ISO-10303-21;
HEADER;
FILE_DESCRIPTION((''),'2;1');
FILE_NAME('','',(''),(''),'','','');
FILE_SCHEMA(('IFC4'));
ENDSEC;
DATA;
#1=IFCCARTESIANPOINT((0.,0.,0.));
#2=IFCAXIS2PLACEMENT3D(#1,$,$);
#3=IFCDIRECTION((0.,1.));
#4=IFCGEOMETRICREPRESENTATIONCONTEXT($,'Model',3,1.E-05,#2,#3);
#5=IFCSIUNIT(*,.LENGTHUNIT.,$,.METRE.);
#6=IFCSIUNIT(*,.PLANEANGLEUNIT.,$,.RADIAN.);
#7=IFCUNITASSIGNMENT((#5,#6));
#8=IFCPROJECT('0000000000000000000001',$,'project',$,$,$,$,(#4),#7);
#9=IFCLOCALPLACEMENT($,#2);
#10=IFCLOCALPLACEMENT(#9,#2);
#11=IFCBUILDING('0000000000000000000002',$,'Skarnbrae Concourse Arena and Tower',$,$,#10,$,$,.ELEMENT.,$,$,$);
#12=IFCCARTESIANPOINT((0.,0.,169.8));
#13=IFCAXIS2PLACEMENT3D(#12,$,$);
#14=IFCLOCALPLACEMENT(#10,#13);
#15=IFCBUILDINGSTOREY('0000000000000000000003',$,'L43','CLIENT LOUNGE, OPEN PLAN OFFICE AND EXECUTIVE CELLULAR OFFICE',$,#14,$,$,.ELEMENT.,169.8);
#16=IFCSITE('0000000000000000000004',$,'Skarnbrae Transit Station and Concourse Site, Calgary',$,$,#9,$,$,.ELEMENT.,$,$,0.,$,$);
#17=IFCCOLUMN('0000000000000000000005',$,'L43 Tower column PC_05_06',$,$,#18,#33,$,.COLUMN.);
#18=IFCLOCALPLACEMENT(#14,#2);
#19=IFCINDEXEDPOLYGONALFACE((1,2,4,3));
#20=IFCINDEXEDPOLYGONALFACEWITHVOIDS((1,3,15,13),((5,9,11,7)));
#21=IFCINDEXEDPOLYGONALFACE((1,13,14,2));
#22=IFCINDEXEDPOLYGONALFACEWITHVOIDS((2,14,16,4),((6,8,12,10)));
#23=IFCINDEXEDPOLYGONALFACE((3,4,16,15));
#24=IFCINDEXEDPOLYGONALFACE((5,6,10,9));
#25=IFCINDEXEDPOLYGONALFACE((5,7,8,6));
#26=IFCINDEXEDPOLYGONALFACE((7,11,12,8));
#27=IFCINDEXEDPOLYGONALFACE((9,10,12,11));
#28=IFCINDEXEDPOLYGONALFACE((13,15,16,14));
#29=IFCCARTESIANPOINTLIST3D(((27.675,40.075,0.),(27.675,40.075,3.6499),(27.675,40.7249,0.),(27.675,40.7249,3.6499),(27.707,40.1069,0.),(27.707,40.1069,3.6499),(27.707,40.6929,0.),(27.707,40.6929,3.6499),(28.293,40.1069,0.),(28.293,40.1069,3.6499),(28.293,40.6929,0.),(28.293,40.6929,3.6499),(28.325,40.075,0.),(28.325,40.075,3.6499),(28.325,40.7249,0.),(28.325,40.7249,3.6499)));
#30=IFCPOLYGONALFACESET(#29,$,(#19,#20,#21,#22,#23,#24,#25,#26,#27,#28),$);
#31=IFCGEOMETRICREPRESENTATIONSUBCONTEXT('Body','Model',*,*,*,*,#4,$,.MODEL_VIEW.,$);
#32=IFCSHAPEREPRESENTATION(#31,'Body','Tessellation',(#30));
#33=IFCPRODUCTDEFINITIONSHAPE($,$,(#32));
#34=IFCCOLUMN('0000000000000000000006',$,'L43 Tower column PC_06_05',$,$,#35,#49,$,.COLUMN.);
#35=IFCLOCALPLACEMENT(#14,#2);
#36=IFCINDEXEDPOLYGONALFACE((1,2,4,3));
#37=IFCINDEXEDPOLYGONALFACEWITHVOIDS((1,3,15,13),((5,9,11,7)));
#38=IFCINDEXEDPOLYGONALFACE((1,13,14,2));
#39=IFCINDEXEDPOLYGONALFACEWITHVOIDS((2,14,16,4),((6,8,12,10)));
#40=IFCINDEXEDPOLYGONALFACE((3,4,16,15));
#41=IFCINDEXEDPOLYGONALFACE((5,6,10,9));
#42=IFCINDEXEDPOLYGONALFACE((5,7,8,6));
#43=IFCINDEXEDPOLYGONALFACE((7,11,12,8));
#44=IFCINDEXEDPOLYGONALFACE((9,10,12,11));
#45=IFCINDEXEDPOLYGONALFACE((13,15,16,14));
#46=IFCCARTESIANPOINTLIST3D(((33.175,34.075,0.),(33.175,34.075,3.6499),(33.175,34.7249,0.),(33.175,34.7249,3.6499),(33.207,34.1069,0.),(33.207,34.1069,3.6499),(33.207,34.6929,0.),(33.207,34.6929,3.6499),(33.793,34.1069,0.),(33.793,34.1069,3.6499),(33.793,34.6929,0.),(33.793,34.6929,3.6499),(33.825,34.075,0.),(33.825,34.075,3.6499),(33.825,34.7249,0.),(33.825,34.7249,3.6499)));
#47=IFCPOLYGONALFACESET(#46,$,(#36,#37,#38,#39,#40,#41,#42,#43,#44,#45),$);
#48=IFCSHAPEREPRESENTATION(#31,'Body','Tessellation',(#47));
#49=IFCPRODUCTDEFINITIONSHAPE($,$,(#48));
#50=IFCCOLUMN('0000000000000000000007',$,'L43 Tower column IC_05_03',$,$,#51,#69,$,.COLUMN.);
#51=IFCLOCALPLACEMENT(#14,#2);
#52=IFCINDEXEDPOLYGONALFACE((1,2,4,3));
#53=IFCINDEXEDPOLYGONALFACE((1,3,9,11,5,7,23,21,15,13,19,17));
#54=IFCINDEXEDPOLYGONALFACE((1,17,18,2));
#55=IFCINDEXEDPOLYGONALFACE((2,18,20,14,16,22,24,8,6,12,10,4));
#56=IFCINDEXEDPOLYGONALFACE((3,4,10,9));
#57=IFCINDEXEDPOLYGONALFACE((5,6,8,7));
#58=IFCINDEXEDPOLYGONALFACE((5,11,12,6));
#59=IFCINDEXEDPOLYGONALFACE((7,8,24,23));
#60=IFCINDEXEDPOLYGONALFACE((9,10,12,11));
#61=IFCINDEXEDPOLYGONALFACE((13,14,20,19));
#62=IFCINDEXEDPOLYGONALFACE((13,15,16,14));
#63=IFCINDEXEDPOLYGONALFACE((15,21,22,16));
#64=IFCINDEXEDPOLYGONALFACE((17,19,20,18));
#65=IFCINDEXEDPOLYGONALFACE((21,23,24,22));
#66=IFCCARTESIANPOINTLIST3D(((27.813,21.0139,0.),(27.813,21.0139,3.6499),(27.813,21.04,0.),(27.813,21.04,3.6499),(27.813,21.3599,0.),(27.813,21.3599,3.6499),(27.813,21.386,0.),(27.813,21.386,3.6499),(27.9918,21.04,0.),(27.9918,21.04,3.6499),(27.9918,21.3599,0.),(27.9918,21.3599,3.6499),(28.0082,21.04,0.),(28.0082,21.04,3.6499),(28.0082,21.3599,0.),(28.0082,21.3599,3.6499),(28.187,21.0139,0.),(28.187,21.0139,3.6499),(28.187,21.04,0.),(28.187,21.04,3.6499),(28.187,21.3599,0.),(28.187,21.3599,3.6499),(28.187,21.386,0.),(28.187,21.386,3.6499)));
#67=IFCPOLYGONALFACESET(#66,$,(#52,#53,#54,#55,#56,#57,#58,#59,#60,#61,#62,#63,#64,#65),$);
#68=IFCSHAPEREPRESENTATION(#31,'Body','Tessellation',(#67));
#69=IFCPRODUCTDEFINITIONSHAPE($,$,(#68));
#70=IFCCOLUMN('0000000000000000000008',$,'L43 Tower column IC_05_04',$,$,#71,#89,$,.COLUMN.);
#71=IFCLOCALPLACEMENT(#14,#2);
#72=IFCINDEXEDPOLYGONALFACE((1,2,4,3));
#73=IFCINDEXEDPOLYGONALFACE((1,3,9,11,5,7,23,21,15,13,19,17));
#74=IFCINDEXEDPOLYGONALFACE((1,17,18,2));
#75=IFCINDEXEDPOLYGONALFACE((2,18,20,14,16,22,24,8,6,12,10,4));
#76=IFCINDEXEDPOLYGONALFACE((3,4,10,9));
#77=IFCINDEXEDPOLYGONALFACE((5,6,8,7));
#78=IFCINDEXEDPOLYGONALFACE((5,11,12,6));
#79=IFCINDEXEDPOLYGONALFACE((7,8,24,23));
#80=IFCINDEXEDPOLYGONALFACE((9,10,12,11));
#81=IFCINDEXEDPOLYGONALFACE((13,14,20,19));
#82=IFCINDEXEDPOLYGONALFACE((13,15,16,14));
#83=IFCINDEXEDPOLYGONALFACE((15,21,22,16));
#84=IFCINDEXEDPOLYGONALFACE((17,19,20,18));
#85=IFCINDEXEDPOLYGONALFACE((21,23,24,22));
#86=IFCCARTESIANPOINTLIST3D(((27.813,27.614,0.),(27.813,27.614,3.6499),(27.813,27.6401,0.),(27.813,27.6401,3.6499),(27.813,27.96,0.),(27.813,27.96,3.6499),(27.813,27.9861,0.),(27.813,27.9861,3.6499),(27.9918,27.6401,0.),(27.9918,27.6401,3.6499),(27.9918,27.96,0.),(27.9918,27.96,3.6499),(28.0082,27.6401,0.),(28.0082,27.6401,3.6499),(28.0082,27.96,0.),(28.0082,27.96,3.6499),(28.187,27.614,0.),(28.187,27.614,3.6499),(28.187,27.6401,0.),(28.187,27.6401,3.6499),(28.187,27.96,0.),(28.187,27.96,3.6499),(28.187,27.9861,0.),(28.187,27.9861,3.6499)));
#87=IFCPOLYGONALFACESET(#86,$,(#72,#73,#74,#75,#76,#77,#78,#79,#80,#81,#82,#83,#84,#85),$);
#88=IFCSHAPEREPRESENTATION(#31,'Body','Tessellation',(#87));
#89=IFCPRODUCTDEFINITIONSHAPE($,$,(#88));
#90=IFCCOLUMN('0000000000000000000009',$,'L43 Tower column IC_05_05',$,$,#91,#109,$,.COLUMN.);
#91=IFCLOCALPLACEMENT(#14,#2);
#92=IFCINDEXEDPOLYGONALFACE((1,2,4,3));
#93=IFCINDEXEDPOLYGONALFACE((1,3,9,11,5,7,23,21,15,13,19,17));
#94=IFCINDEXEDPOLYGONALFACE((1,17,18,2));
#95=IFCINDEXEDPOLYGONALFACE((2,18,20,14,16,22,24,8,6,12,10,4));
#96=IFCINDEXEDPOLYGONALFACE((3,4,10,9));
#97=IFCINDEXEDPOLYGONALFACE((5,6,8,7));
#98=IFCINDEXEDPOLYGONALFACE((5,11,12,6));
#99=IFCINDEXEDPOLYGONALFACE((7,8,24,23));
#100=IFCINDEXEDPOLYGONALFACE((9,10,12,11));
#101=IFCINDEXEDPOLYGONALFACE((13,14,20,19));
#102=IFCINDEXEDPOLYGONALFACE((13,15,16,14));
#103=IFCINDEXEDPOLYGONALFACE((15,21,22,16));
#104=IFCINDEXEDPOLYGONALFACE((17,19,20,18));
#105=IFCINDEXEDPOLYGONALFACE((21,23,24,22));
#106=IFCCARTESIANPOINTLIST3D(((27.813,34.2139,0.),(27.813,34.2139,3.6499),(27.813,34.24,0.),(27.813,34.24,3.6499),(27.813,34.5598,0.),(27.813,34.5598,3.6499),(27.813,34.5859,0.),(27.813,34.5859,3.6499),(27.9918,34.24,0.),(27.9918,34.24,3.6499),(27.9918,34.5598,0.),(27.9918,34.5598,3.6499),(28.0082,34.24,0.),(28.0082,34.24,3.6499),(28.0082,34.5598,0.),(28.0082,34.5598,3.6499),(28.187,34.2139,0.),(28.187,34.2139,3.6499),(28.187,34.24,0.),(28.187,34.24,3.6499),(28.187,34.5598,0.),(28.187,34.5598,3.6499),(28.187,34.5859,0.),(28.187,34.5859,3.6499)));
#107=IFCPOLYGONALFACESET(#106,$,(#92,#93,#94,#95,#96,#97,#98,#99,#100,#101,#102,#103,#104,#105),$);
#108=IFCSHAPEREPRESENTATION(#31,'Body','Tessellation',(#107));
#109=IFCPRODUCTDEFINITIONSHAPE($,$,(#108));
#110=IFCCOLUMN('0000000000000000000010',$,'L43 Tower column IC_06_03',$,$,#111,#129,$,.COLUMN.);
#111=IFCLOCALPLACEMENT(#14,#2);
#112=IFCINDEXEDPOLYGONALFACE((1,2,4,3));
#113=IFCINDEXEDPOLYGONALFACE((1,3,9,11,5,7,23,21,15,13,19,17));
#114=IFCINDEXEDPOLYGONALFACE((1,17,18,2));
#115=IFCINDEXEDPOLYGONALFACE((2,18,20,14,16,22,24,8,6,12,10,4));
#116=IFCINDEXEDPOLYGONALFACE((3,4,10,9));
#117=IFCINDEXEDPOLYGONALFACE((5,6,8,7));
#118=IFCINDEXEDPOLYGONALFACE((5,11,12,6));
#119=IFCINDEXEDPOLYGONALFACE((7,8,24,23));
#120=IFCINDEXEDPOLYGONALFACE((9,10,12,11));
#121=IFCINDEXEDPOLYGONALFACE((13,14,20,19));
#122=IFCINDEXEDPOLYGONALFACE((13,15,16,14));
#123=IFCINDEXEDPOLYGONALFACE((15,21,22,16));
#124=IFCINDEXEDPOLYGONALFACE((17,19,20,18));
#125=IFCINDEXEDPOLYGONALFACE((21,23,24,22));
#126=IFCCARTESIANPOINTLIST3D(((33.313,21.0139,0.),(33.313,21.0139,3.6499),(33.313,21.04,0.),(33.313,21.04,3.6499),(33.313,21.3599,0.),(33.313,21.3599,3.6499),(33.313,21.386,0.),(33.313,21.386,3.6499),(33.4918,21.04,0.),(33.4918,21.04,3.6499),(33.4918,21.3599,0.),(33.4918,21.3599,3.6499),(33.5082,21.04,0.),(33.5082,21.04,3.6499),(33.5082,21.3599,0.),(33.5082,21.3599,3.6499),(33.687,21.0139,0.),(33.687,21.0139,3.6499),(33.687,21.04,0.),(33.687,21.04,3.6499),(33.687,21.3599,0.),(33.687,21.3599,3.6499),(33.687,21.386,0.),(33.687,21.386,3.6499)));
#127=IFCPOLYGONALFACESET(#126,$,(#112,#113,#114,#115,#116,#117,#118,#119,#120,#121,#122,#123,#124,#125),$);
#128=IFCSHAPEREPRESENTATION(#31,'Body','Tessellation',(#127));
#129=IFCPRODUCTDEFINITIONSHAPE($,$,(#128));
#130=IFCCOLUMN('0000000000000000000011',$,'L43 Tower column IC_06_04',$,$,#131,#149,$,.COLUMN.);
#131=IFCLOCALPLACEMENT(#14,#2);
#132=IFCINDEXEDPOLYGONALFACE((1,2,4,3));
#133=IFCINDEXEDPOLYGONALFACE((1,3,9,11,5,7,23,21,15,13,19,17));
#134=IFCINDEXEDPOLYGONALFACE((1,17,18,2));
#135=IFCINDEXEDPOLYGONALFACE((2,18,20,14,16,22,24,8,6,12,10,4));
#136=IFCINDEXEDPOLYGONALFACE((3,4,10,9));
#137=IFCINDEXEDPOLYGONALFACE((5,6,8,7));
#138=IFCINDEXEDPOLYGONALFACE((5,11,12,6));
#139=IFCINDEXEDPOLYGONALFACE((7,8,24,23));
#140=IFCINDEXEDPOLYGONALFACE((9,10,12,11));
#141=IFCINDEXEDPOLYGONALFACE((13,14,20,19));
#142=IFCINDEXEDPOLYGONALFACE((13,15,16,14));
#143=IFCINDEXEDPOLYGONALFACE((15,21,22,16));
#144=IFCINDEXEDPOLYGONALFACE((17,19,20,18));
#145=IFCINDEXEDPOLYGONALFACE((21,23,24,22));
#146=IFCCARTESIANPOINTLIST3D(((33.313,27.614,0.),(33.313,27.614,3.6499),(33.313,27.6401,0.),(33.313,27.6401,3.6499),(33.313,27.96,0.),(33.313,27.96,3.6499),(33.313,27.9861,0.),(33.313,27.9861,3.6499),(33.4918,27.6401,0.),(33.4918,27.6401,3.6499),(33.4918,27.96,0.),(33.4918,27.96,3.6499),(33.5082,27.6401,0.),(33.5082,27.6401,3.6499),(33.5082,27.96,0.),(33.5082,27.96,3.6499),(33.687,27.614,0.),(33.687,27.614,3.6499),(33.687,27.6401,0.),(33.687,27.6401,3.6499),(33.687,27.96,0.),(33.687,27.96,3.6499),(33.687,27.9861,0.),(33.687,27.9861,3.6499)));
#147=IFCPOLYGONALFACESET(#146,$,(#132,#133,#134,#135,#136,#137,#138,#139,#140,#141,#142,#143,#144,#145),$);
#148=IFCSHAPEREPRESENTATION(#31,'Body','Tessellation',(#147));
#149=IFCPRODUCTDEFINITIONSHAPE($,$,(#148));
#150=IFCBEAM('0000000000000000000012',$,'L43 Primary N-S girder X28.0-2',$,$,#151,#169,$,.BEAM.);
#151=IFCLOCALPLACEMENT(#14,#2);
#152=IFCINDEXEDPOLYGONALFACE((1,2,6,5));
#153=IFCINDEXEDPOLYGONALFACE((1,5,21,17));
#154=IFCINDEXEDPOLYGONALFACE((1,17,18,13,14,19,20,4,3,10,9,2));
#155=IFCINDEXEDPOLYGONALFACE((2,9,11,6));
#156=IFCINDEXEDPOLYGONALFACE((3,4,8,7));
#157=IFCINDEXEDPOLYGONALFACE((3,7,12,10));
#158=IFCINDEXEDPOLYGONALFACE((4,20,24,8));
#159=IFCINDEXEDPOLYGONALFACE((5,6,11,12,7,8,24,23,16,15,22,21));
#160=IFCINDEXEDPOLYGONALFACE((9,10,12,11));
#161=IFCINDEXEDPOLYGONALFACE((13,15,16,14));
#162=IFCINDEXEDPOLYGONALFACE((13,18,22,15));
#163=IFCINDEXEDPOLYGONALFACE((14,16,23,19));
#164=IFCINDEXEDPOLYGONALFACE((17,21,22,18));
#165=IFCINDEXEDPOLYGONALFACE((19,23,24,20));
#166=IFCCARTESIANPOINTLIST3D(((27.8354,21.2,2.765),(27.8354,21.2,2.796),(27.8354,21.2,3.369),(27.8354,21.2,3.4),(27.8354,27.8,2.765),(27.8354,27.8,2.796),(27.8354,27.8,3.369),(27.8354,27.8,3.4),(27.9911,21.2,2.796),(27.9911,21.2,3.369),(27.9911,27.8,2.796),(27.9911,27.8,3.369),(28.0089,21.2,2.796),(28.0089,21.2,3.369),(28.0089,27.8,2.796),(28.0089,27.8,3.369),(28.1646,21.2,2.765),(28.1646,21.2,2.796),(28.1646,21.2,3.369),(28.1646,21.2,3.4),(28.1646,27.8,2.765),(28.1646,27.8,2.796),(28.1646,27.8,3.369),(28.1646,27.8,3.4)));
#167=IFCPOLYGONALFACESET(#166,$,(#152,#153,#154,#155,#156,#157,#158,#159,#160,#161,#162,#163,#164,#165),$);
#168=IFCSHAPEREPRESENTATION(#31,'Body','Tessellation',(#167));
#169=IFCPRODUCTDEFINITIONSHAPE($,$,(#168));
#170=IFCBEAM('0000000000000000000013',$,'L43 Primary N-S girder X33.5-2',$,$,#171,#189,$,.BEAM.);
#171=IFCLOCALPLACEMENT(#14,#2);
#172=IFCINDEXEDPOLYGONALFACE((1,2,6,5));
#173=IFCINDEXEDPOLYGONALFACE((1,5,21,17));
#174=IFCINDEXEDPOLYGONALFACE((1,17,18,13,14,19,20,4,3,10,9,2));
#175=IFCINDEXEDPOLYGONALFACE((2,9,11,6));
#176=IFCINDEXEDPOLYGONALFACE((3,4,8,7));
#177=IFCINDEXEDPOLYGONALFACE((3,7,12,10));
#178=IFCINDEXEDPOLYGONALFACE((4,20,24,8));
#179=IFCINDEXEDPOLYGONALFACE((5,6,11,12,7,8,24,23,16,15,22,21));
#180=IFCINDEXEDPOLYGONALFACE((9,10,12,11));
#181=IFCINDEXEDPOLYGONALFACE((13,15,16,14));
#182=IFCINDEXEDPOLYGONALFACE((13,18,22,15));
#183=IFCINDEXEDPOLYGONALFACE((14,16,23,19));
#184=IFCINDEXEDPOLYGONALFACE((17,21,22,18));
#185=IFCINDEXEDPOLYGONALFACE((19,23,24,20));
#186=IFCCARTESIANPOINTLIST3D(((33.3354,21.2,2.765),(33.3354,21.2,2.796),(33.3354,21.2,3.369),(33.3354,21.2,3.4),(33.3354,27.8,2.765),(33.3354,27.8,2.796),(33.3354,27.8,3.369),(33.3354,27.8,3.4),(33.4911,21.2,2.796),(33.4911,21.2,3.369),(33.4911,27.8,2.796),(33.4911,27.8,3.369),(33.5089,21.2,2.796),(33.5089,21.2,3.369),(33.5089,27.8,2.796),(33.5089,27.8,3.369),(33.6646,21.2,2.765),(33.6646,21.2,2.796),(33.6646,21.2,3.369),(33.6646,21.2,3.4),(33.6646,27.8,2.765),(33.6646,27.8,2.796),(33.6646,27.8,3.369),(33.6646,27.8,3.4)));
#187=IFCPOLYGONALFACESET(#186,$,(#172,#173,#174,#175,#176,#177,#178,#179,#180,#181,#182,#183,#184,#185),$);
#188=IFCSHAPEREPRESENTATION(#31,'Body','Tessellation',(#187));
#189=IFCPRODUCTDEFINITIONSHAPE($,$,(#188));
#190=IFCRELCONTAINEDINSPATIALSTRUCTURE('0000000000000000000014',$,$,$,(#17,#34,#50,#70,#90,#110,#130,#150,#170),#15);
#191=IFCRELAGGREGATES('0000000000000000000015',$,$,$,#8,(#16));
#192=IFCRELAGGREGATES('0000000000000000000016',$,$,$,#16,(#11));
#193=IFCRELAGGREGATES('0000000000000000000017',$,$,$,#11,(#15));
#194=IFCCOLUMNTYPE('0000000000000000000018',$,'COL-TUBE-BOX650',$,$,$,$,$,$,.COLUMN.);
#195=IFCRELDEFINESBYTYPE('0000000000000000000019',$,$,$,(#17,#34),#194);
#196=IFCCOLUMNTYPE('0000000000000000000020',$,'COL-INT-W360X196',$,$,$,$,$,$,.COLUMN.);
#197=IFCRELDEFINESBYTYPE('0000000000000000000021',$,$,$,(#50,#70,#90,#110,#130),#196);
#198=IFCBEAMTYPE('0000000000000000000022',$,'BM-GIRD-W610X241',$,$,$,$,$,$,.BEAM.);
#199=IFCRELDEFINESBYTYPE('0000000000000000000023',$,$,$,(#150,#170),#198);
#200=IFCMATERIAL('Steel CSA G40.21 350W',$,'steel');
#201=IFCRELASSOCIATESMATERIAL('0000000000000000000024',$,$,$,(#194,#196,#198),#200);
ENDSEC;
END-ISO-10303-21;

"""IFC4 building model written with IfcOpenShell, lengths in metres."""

from ifc_helpers import new_model, si_unit, direction, frame, origin, origin_2d, place, context, subcontext, project, spatial, hollow_rectangle, i_section, extrude, source, transform, mapped, material, material_profile, profile_set, type_object, element, save


model = new_model("IFC4")

# Units and contexts
model_context = context("Model", 3, precision=1e-05, world=origin(), true_north=direction((0.0, 1.0)))
body_context = subcontext(model_context, "Body", "Model", "MODEL_VIEW")
ifc_project = project(units=[si_unit("LENGTHUNIT", "METRE"), si_unit("PLANEANGLEUNIT", "RADIAN")], contexts=[model_context])

# Site, building, storey
site_placement = place(None, origin())
site = spatial("IfcSite", under=ifc_project, at=site_placement, Name="Skarnbrae Transit Station and Concourse Site, Calgary", CompositionType="ELEMENT", RefElevation=0.0)
building_placement = place(site_placement, origin())
building = spatial("IfcBuilding", under=site, at=building_placement, Name="Skarnbrae Concourse Arena and Tower", CompositionType="ELEMENT")
storey_placement = place(building_placement, frame((0.0, 0.0, 169.8)))
storey = spatial("IfcBuildingStorey", under=building, at=storey_placement, Name="L43", Description="CLIENT LOUNGE, OPEN PLAN OFFICE AND EXECUTIVE CELLULAR OFFICE", CompositionType="ELEMENT", Elevation=169.8)

# Columns
ifc_material_1 = material(Name="Steel CSA G40.21 350W", Category="steel")
ifc_material_profile_1 = material_profile(ifc_material_1, hollow_rectangle(XDim=0.6499, YDim=0.6499, WallThickness=0.032, at=origin_2d()), Name="BOX650X650X32")
ifc_profile_set_1 = profile_set([ifc_material_profile_1], Name="Steel CSA G40.21 350W")
column_type_1 = type_object("IfcColumnType", Name="COL-TUBE-BOX650", PredefinedType="COLUMN", material=ifc_profile_set_1)
shared_shape_1 = source(origin(), body_context, "Body", "SweptSolid", [
    extrude(hollow_rectangle(XDim=0.6499, YDim=0.6499, WallThickness=0.032, at=origin_2d()), origin(), (0.0, 0.0, 1.0), 3.6499),
])
for number, where, z_axis, x_axis, name in (
    (1, (28.0, 40.3999, 0.0), (0.0, 0.0, 1.0), (1.0, 0.0, 0.0), "L43 Tower column PC_05_06"),
    (2, (33.5, 34.3999, 0.0), (0.0, 0.0, 1.0), (1.0, 0.0, 0.0), "L43 Tower column PC_06_05"),
):
    element("IfcColumn", number, at=place(storey_placement, frame(where, z_axis=z_axis, x_axis=x_axis)), inside=storey, type_object=column_type_1, Name=name, PredefinedType="COLUMN", context=body_context, shape_type="MappedRepresentation", body=[
        mapped(shared_shape_1, transform((0.0, 0.0, 0.0))),
    ])
ifc_material_profile_2 = material_profile(ifc_material_1, i_section(OverallWidth=0.374, OverallDepth=0.3721, WebThickness=0.0164, FlangeThickness=0.0261, at=origin_2d()), Name="W360X196")
ifc_profile_set_2 = profile_set([ifc_material_profile_2], Name="Steel CSA G40.21 350W")
column_type_2 = type_object("IfcColumnType", Name="COL-INT-W360X196", PredefinedType="COLUMN", material=ifc_profile_set_2)
shared_shape_2 = source(origin(), body_context, "Body", "SweptSolid", [
    extrude(i_section(OverallWidth=0.374, OverallDepth=0.3721, WebThickness=0.0164, FlangeThickness=0.0261, at=origin_2d()), origin(), (0.0, 0.0, 1.0), 3.6499),
])
for number, where, z_axis, x_axis, name in (
    (3, (28.0, 21.2, 0.0), (0.0, 0.0, 1.0), (1.0, 0.0, 0.0), "L43 Tower column IC_05_03"),
    (4, (28.0, 27.8, 0.0), (0.0, 0.0, 1.0), (1.0, 0.0, 0.0), "L43 Tower column IC_05_04"),
    (5, (28.0, 34.3999, 0.0), (0.0, 0.0, 1.0), (1.0, 0.0, 0.0), "L43 Tower column IC_05_05"),
    (6, (33.5, 21.2, 0.0), (0.0, 0.0, 1.0), (1.0, 0.0, 0.0), "L43 Tower column IC_06_03"),
    (7, (33.5, 27.8, 0.0), (0.0, 0.0, 1.0), (1.0, 0.0, 0.0), "L43 Tower column IC_06_04"),
):
    element("IfcColumn", number, at=place(storey_placement, frame(where, z_axis=z_axis, x_axis=x_axis)), inside=storey, type_object=column_type_2, Name=name, PredefinedType="COLUMN", context=body_context, shape_type="MappedRepresentation", body=[
        mapped(shared_shape_2, transform((0.0, 0.0, 0.0))),
    ])

# Beams
ifc_material_profile_3 = material_profile(ifc_material_1, i_section(OverallWidth=0.3291, OverallDepth=0.635, WebThickness=0.0178, FlangeThickness=0.031, at=origin_2d()), Name="W610X241")
ifc_profile_set_3 = profile_set([ifc_material_profile_3], Name="Steel CSA G40.21 350W")
beam_type_1 = type_object("IfcBeamType", Name="BM-GIRD-W610X241", PredefinedType="BEAM", material=ifc_profile_set_3)
shared_shape_3 = source(origin(), body_context, "Body", "SweptSolid", [
    extrude(i_section(OverallWidth=0.3291, OverallDepth=0.635, WebThickness=0.0178, FlangeThickness=0.031, at=origin_2d()), origin(), (0.0, 0.0, 1.0), 6.6001),
])
for number, where, z_axis, x_axis, name in (
    (8, (28.0, 21.2, 3.0825), (0.0, 1.0, 0.0), (-1.0, 0.0, 0.0), "L43 Primary N-S girder X28.0-2"),
    (9, (33.5, 21.2, 3.0825), (0.0, 1.0, 0.0), (-1.0, 0.0, 0.0), "L43 Primary N-S girder X33.5-2"),
):
    element("IfcBeam", number, at=place(storey_placement, frame(where, z_axis=z_axis, x_axis=x_axis)), inside=storey, type_object=beam_type_1, Name=name, PredefinedType="BEAM", context=body_context, shape_type="MappedRepresentation", body=[
        mapped(shared_shape_3, transform((0.0, 0.0, 0.0))),
    ])

save(model, "model.ifc")
